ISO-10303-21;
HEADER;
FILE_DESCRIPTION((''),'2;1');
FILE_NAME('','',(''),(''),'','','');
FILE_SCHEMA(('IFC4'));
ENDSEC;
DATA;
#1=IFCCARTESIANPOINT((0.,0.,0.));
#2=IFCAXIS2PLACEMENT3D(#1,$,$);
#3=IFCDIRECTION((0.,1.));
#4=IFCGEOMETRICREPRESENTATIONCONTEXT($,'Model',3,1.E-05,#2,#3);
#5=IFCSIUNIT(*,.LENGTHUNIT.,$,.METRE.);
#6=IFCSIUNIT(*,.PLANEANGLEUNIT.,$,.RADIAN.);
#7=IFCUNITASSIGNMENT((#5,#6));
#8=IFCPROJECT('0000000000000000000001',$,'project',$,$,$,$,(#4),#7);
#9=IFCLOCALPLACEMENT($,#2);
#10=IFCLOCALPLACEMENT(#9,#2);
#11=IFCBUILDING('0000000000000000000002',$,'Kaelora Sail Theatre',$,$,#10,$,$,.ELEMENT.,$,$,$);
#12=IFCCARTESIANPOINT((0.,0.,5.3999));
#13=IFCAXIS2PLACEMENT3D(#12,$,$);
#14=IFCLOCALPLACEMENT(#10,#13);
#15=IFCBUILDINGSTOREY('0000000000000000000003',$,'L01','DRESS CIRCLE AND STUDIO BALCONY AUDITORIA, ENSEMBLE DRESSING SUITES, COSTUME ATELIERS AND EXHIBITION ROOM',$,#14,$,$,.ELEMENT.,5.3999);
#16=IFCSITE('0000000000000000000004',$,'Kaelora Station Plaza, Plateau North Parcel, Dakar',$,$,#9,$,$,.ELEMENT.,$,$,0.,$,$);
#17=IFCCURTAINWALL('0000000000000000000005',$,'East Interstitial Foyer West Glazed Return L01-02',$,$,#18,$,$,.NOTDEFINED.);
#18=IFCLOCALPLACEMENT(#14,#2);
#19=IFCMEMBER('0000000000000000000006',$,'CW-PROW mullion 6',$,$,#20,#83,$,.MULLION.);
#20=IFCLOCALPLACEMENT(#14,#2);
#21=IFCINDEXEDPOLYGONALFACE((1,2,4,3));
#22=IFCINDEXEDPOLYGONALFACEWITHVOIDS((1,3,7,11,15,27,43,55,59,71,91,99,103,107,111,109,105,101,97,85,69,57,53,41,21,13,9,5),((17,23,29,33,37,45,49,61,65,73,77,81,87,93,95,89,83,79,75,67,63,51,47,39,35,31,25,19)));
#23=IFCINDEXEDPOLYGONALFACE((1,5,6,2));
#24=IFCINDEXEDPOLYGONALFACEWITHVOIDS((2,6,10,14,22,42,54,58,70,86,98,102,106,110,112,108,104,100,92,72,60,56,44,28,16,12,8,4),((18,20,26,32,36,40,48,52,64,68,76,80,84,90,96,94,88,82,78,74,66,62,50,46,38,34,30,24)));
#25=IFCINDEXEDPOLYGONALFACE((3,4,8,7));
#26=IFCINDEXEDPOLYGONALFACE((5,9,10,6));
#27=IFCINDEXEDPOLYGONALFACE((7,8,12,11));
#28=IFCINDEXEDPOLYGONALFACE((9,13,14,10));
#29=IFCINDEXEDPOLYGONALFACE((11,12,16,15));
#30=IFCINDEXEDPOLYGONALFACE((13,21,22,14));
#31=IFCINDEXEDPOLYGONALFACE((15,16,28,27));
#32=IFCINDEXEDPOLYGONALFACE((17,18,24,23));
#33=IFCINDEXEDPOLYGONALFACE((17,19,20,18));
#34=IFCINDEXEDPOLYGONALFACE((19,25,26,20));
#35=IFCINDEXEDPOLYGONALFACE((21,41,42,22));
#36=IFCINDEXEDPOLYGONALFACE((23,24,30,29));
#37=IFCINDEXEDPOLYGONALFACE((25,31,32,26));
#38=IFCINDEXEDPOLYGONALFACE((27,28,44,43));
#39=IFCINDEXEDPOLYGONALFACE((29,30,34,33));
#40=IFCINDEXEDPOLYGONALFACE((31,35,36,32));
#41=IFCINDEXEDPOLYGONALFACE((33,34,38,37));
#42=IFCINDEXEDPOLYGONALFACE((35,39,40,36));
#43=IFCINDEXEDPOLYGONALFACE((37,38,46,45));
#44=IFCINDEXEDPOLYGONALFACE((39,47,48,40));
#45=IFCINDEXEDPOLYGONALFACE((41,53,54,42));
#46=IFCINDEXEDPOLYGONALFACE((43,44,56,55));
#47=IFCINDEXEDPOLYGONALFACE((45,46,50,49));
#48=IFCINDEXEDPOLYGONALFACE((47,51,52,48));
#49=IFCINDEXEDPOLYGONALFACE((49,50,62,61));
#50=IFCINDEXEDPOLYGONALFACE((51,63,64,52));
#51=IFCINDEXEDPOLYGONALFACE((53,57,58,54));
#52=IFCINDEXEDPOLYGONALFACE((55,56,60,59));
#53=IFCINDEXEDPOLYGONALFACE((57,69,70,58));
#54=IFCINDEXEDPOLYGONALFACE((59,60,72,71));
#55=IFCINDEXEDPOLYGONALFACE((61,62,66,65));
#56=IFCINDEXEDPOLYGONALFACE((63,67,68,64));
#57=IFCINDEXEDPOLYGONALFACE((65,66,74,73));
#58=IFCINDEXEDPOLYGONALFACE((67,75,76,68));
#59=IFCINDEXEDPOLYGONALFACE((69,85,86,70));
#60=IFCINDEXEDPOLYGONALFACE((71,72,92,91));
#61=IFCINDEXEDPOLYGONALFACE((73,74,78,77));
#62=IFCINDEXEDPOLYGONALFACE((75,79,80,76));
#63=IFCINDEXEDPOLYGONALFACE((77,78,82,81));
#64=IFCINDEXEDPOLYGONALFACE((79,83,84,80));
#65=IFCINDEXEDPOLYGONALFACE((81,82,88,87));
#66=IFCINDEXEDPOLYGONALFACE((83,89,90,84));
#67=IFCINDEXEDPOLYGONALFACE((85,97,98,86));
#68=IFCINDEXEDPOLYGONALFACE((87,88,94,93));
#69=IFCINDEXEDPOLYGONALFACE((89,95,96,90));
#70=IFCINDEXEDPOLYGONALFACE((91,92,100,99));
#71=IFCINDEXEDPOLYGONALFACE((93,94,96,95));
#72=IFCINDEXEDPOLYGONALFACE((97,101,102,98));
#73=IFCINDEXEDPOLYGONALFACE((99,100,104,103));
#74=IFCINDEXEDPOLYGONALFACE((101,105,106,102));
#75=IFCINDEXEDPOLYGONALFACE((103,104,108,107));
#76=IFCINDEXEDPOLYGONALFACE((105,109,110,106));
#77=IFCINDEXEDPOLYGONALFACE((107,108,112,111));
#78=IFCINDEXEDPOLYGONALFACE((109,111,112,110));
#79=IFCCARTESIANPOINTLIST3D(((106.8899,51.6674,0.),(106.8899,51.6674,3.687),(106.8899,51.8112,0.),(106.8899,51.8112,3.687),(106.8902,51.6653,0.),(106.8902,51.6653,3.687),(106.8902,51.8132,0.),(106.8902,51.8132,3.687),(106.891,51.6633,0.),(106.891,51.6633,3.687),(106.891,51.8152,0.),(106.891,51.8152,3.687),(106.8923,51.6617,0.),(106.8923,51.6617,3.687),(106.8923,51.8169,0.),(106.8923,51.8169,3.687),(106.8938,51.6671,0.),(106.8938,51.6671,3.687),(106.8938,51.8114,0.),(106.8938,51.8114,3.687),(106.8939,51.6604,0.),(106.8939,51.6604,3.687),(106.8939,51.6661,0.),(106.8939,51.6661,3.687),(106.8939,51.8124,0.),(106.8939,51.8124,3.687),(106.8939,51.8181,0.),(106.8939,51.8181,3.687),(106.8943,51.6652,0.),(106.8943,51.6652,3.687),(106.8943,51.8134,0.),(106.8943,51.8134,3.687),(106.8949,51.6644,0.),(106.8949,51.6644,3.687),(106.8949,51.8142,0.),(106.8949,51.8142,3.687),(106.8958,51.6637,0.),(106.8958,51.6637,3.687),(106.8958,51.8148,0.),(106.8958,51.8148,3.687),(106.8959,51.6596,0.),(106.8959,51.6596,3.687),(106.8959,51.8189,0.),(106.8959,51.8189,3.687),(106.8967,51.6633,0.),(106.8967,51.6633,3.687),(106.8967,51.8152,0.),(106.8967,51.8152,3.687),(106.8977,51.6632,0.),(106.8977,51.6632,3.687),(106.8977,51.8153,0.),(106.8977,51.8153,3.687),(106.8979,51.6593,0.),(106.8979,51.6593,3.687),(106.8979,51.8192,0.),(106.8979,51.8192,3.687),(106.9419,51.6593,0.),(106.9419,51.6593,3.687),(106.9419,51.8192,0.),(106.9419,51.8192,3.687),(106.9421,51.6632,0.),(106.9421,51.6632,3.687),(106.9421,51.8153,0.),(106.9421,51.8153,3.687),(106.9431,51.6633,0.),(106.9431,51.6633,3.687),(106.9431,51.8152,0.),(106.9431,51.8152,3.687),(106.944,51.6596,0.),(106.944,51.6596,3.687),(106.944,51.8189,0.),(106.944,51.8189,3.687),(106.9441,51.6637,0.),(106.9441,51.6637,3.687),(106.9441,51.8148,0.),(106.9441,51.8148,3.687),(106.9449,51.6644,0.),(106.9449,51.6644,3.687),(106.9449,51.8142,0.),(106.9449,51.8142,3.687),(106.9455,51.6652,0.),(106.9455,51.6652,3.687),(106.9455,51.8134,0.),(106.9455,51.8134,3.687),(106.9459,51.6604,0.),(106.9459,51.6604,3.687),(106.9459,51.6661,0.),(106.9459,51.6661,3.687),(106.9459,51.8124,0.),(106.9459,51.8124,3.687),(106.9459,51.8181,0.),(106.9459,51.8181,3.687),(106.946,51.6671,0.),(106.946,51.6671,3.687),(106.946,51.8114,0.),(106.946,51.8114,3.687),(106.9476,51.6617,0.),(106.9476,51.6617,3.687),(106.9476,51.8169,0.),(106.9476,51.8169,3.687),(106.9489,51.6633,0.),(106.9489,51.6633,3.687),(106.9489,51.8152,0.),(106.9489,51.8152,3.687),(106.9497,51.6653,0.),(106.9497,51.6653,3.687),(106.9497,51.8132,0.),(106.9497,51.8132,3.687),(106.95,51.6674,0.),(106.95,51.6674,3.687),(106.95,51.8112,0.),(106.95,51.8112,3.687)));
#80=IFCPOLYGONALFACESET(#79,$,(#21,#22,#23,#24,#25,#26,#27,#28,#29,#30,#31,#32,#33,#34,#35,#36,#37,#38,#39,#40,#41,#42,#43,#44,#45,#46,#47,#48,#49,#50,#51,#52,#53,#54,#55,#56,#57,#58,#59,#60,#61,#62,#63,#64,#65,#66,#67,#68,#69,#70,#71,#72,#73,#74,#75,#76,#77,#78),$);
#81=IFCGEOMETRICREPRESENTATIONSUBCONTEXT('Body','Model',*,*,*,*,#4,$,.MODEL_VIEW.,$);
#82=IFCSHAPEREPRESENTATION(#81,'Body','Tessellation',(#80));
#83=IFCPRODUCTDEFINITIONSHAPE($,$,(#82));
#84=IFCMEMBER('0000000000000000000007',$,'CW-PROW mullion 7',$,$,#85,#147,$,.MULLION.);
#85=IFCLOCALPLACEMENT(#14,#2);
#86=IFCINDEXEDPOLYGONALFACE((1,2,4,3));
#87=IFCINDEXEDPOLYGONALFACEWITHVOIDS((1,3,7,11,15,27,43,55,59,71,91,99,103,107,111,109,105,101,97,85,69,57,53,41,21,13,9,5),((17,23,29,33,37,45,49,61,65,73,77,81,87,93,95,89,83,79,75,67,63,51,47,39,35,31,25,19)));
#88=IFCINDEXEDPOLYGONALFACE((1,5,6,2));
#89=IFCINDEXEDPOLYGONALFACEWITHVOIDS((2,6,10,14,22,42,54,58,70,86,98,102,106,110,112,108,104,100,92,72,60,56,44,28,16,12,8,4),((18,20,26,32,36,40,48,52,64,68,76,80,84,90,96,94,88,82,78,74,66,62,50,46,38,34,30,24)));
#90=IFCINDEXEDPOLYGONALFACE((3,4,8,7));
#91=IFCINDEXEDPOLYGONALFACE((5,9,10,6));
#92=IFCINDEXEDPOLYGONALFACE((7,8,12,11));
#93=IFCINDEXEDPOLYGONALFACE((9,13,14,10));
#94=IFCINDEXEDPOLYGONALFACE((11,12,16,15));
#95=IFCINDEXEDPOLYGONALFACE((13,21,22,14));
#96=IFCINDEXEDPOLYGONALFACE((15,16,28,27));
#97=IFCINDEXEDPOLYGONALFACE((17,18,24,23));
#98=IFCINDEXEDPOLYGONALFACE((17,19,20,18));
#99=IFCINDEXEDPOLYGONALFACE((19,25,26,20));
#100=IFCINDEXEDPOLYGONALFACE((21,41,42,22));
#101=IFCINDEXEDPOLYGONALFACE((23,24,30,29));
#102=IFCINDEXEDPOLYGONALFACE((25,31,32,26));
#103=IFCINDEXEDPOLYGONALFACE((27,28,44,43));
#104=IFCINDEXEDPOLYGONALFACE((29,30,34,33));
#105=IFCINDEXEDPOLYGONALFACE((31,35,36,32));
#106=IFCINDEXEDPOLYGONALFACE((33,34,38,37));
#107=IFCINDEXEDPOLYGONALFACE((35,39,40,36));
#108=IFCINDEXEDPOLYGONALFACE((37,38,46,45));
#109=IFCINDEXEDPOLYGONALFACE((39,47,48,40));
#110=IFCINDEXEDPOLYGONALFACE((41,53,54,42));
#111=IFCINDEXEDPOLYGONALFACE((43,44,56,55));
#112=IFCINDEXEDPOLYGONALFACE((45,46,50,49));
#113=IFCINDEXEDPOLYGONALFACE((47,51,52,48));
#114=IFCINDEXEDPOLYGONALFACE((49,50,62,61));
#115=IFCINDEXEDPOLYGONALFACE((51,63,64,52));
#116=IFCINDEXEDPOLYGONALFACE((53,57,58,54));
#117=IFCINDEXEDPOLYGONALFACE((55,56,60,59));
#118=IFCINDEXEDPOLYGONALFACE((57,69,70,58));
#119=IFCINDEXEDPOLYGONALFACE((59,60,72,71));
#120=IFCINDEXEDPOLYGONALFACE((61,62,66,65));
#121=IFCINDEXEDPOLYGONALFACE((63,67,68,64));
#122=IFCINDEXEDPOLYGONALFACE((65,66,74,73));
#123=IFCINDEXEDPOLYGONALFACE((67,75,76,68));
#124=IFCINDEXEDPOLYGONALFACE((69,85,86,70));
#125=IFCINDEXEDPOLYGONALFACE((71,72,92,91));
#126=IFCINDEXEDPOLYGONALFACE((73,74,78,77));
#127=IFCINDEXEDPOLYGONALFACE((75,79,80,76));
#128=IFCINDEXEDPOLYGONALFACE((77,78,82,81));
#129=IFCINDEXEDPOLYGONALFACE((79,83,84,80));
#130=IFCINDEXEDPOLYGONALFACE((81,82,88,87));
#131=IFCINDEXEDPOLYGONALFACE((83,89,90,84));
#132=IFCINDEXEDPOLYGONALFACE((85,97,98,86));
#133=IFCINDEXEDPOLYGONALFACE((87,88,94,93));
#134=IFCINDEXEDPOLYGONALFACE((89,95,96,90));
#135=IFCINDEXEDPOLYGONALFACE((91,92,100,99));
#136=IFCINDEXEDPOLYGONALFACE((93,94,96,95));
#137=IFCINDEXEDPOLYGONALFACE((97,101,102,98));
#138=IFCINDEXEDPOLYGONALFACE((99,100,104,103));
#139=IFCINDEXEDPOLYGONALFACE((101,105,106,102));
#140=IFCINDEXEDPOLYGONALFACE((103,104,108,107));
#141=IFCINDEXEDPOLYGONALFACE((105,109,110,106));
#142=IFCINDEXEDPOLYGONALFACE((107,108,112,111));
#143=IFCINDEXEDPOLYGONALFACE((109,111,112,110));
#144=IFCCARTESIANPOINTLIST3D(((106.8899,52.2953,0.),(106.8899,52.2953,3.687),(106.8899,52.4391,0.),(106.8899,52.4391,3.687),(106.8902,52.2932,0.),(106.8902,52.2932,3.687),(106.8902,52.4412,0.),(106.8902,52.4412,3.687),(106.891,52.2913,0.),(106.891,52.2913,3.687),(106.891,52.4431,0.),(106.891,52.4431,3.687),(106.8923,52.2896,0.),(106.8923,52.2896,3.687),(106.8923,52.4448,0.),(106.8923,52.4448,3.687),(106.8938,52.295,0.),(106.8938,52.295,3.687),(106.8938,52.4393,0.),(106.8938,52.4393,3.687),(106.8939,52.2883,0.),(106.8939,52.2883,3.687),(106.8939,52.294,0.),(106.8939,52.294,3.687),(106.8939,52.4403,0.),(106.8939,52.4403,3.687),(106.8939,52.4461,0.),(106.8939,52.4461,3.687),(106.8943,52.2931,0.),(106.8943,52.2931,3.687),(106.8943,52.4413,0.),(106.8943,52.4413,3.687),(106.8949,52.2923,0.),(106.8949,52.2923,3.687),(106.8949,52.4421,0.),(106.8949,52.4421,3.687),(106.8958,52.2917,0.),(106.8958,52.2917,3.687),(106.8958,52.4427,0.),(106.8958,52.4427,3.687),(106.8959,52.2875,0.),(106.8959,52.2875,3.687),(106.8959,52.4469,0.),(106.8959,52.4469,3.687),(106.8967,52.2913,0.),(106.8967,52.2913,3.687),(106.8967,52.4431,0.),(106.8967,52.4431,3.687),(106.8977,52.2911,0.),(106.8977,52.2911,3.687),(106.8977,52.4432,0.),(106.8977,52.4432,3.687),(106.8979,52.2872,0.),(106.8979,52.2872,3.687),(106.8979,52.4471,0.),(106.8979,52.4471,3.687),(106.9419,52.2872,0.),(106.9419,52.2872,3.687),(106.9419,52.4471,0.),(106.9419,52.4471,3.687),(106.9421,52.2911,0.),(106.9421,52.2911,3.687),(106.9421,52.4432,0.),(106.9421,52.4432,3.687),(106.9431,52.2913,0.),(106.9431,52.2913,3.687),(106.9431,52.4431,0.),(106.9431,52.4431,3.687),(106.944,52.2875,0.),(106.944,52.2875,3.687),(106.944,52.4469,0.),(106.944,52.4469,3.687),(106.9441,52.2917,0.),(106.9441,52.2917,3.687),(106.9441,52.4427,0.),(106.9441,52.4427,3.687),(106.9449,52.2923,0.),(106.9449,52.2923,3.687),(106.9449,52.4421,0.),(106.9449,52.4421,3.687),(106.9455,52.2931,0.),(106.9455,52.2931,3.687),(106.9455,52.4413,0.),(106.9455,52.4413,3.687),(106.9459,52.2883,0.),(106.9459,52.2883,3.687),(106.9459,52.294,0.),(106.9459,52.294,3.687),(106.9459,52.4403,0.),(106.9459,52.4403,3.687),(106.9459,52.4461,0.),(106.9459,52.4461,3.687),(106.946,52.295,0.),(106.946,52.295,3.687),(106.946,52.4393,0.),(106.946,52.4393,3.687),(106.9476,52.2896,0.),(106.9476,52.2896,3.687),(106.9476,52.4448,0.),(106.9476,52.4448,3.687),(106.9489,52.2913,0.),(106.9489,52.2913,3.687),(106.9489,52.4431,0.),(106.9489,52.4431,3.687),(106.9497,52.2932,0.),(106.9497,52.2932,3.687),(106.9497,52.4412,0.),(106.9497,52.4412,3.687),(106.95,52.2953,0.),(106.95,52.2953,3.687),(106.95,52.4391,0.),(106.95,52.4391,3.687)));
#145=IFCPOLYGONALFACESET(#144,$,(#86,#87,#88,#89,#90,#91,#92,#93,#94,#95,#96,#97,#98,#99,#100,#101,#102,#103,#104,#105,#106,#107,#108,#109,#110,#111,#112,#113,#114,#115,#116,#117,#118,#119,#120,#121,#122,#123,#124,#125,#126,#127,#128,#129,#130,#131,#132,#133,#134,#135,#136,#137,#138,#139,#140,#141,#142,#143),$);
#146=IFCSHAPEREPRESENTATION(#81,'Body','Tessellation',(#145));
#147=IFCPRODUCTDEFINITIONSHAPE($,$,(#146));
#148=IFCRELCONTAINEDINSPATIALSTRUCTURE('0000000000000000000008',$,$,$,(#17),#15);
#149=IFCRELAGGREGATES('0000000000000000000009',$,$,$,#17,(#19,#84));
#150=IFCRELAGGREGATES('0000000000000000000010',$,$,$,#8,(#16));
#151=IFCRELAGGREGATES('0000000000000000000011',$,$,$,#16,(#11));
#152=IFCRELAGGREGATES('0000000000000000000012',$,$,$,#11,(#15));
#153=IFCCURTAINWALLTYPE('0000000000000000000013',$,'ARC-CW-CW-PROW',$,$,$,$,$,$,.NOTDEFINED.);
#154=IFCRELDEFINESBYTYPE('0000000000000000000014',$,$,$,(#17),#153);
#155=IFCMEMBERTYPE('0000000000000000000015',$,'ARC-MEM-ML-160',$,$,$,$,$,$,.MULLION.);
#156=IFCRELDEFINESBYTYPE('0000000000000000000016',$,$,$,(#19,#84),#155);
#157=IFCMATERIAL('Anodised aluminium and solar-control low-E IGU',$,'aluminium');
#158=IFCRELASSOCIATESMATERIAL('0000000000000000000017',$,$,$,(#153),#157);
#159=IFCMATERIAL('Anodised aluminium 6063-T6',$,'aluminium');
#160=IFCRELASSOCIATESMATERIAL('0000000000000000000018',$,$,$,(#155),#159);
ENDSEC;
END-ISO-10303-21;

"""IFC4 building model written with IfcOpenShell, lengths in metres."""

from ifc_helpers import new_model, si_unit, direction, frame, origin, origin_2d, place, context, subcontext, project, spatial, hollow_rectangle, extrude, material, material_profile, profile_set, type_object, element, aggregate, save


model = new_model("IFC4")

# Units and contexts
model_context = context("Model", 3, precision=1e-05, world=origin(), true_north=direction((0.0, 1.0)))
body_context = subcontext(model_context, "Body", "Model", "MODEL_VIEW")
ifc_project = project(units=[si_unit("LENGTHUNIT", "METRE"), si_unit("PLANEANGLEUNIT", "RADIAN")], contexts=[model_context])

# Site, building, storey
site_placement = place(None, origin())
site = spatial("IfcSite", under=ifc_project, at=site_placement, Name="Kaelora Station Plaza, Plateau North Parcel, Dakar", CompositionType="ELEMENT", RefElevation=0.0)
building_placement = place(site_placement, origin())
building = spatial("IfcBuilding", under=site, at=building_placement, Name="Kaelora Sail Theatre", CompositionType="ELEMENT")
storey_placement = place(building_placement, frame((0.0, 0.0, 5.3999)))
storey = spatial("IfcBuildingStorey", under=building, at=storey_placement, Name="L01", Description="DRESS CIRCLE AND STUDIO BALCONY AUDITORIA, ENSEMBLE DRESSING SUITES, COSTUME ATELIERS AND EXHIBITION ROOM", CompositionType="ELEMENT", Elevation=5.3999)

# Curtain wall, members
ifc_material_1 = material(Name="Anodised aluminium and solar-control low-E IGU", Category="aluminium")
curtain_wall_type = type_object("IfcCurtainWallType", Name="ARC-CW-CW-PROW", PredefinedType="NOTDEFINED", material=ifc_material_1)
curtain_wall_placement = place(storey_placement, origin())
curtain_wall = element("IfcCurtainWall", 1, at=curtain_wall_placement, inside=storey, type_object=curtain_wall_type, Name="East Interstitial Foyer West Glazed Return L01-02", PredefinedType="NOTDEFINED")
ifc_material_2 = material(Name="Anodised aluminium 6063-T6", Category="aluminium")
ifc_material_profile_1 = material_profile(ifc_material_2, hollow_rectangle(XDim=0.0601, YDim=0.1599, WallThickness=0.0039, InnerFilletRadius=0.0039, OuterFilletRadius=0.0081, at=origin_2d()), Name="ALU-MULL 60x160x4")
ifc_profile_set_1 = profile_set([ifc_material_profile_1], Name="Anodised aluminium 6063-T6")
member_type_1 = type_object("IfcMemberType", Name="ARC-MEM-ML-160", PredefinedType="MULLION", material=ifc_profile_set_1)
member_1_placement = place(storey_placement, frame((106.9199, 51.7393, 0.0), z_axis=(0.0, 0.0, 1.0), x_axis=(-1.0, 0.0, 0.0)))
member_1 = element("IfcMember", 2, at=member_1_placement, type_object=member_type_1, Name="CW-PROW mullion 6", PredefinedType="MULLION", context=body_context, shape_type="SweptSolid", body=[
    extrude(hollow_rectangle(XDim=0.0601, YDim=0.1599, WallThickness=0.0039, InnerFilletRadius=0.0039, OuterFilletRadius=0.0081, at=origin_2d()), origin(), (0.0, 0.0, 1.0), 3.687),
])
member_2_placement = place(storey_placement, frame((106.9199, 52.3672, 0.0), z_axis=(0.0, 0.0, 1.0), x_axis=(-1.0, 0.0, 0.0)))
member_2 = element("IfcMember", 3, at=member_2_placement, type_object=member_type_1, Name="CW-PROW mullion 7", PredefinedType="MULLION", context=body_context, shape_type="SweptSolid", body=[
    extrude(hollow_rectangle(XDim=0.0601, YDim=0.1599, WallThickness=0.0039, InnerFilletRadius=0.0039, OuterFilletRadius=0.0081, at=origin_2d()), origin(), (0.0, 0.0, 1.0), 3.687),
])

aggregate(curtain_wall, [member_1, member_2])

save(model, "model.ifc")
